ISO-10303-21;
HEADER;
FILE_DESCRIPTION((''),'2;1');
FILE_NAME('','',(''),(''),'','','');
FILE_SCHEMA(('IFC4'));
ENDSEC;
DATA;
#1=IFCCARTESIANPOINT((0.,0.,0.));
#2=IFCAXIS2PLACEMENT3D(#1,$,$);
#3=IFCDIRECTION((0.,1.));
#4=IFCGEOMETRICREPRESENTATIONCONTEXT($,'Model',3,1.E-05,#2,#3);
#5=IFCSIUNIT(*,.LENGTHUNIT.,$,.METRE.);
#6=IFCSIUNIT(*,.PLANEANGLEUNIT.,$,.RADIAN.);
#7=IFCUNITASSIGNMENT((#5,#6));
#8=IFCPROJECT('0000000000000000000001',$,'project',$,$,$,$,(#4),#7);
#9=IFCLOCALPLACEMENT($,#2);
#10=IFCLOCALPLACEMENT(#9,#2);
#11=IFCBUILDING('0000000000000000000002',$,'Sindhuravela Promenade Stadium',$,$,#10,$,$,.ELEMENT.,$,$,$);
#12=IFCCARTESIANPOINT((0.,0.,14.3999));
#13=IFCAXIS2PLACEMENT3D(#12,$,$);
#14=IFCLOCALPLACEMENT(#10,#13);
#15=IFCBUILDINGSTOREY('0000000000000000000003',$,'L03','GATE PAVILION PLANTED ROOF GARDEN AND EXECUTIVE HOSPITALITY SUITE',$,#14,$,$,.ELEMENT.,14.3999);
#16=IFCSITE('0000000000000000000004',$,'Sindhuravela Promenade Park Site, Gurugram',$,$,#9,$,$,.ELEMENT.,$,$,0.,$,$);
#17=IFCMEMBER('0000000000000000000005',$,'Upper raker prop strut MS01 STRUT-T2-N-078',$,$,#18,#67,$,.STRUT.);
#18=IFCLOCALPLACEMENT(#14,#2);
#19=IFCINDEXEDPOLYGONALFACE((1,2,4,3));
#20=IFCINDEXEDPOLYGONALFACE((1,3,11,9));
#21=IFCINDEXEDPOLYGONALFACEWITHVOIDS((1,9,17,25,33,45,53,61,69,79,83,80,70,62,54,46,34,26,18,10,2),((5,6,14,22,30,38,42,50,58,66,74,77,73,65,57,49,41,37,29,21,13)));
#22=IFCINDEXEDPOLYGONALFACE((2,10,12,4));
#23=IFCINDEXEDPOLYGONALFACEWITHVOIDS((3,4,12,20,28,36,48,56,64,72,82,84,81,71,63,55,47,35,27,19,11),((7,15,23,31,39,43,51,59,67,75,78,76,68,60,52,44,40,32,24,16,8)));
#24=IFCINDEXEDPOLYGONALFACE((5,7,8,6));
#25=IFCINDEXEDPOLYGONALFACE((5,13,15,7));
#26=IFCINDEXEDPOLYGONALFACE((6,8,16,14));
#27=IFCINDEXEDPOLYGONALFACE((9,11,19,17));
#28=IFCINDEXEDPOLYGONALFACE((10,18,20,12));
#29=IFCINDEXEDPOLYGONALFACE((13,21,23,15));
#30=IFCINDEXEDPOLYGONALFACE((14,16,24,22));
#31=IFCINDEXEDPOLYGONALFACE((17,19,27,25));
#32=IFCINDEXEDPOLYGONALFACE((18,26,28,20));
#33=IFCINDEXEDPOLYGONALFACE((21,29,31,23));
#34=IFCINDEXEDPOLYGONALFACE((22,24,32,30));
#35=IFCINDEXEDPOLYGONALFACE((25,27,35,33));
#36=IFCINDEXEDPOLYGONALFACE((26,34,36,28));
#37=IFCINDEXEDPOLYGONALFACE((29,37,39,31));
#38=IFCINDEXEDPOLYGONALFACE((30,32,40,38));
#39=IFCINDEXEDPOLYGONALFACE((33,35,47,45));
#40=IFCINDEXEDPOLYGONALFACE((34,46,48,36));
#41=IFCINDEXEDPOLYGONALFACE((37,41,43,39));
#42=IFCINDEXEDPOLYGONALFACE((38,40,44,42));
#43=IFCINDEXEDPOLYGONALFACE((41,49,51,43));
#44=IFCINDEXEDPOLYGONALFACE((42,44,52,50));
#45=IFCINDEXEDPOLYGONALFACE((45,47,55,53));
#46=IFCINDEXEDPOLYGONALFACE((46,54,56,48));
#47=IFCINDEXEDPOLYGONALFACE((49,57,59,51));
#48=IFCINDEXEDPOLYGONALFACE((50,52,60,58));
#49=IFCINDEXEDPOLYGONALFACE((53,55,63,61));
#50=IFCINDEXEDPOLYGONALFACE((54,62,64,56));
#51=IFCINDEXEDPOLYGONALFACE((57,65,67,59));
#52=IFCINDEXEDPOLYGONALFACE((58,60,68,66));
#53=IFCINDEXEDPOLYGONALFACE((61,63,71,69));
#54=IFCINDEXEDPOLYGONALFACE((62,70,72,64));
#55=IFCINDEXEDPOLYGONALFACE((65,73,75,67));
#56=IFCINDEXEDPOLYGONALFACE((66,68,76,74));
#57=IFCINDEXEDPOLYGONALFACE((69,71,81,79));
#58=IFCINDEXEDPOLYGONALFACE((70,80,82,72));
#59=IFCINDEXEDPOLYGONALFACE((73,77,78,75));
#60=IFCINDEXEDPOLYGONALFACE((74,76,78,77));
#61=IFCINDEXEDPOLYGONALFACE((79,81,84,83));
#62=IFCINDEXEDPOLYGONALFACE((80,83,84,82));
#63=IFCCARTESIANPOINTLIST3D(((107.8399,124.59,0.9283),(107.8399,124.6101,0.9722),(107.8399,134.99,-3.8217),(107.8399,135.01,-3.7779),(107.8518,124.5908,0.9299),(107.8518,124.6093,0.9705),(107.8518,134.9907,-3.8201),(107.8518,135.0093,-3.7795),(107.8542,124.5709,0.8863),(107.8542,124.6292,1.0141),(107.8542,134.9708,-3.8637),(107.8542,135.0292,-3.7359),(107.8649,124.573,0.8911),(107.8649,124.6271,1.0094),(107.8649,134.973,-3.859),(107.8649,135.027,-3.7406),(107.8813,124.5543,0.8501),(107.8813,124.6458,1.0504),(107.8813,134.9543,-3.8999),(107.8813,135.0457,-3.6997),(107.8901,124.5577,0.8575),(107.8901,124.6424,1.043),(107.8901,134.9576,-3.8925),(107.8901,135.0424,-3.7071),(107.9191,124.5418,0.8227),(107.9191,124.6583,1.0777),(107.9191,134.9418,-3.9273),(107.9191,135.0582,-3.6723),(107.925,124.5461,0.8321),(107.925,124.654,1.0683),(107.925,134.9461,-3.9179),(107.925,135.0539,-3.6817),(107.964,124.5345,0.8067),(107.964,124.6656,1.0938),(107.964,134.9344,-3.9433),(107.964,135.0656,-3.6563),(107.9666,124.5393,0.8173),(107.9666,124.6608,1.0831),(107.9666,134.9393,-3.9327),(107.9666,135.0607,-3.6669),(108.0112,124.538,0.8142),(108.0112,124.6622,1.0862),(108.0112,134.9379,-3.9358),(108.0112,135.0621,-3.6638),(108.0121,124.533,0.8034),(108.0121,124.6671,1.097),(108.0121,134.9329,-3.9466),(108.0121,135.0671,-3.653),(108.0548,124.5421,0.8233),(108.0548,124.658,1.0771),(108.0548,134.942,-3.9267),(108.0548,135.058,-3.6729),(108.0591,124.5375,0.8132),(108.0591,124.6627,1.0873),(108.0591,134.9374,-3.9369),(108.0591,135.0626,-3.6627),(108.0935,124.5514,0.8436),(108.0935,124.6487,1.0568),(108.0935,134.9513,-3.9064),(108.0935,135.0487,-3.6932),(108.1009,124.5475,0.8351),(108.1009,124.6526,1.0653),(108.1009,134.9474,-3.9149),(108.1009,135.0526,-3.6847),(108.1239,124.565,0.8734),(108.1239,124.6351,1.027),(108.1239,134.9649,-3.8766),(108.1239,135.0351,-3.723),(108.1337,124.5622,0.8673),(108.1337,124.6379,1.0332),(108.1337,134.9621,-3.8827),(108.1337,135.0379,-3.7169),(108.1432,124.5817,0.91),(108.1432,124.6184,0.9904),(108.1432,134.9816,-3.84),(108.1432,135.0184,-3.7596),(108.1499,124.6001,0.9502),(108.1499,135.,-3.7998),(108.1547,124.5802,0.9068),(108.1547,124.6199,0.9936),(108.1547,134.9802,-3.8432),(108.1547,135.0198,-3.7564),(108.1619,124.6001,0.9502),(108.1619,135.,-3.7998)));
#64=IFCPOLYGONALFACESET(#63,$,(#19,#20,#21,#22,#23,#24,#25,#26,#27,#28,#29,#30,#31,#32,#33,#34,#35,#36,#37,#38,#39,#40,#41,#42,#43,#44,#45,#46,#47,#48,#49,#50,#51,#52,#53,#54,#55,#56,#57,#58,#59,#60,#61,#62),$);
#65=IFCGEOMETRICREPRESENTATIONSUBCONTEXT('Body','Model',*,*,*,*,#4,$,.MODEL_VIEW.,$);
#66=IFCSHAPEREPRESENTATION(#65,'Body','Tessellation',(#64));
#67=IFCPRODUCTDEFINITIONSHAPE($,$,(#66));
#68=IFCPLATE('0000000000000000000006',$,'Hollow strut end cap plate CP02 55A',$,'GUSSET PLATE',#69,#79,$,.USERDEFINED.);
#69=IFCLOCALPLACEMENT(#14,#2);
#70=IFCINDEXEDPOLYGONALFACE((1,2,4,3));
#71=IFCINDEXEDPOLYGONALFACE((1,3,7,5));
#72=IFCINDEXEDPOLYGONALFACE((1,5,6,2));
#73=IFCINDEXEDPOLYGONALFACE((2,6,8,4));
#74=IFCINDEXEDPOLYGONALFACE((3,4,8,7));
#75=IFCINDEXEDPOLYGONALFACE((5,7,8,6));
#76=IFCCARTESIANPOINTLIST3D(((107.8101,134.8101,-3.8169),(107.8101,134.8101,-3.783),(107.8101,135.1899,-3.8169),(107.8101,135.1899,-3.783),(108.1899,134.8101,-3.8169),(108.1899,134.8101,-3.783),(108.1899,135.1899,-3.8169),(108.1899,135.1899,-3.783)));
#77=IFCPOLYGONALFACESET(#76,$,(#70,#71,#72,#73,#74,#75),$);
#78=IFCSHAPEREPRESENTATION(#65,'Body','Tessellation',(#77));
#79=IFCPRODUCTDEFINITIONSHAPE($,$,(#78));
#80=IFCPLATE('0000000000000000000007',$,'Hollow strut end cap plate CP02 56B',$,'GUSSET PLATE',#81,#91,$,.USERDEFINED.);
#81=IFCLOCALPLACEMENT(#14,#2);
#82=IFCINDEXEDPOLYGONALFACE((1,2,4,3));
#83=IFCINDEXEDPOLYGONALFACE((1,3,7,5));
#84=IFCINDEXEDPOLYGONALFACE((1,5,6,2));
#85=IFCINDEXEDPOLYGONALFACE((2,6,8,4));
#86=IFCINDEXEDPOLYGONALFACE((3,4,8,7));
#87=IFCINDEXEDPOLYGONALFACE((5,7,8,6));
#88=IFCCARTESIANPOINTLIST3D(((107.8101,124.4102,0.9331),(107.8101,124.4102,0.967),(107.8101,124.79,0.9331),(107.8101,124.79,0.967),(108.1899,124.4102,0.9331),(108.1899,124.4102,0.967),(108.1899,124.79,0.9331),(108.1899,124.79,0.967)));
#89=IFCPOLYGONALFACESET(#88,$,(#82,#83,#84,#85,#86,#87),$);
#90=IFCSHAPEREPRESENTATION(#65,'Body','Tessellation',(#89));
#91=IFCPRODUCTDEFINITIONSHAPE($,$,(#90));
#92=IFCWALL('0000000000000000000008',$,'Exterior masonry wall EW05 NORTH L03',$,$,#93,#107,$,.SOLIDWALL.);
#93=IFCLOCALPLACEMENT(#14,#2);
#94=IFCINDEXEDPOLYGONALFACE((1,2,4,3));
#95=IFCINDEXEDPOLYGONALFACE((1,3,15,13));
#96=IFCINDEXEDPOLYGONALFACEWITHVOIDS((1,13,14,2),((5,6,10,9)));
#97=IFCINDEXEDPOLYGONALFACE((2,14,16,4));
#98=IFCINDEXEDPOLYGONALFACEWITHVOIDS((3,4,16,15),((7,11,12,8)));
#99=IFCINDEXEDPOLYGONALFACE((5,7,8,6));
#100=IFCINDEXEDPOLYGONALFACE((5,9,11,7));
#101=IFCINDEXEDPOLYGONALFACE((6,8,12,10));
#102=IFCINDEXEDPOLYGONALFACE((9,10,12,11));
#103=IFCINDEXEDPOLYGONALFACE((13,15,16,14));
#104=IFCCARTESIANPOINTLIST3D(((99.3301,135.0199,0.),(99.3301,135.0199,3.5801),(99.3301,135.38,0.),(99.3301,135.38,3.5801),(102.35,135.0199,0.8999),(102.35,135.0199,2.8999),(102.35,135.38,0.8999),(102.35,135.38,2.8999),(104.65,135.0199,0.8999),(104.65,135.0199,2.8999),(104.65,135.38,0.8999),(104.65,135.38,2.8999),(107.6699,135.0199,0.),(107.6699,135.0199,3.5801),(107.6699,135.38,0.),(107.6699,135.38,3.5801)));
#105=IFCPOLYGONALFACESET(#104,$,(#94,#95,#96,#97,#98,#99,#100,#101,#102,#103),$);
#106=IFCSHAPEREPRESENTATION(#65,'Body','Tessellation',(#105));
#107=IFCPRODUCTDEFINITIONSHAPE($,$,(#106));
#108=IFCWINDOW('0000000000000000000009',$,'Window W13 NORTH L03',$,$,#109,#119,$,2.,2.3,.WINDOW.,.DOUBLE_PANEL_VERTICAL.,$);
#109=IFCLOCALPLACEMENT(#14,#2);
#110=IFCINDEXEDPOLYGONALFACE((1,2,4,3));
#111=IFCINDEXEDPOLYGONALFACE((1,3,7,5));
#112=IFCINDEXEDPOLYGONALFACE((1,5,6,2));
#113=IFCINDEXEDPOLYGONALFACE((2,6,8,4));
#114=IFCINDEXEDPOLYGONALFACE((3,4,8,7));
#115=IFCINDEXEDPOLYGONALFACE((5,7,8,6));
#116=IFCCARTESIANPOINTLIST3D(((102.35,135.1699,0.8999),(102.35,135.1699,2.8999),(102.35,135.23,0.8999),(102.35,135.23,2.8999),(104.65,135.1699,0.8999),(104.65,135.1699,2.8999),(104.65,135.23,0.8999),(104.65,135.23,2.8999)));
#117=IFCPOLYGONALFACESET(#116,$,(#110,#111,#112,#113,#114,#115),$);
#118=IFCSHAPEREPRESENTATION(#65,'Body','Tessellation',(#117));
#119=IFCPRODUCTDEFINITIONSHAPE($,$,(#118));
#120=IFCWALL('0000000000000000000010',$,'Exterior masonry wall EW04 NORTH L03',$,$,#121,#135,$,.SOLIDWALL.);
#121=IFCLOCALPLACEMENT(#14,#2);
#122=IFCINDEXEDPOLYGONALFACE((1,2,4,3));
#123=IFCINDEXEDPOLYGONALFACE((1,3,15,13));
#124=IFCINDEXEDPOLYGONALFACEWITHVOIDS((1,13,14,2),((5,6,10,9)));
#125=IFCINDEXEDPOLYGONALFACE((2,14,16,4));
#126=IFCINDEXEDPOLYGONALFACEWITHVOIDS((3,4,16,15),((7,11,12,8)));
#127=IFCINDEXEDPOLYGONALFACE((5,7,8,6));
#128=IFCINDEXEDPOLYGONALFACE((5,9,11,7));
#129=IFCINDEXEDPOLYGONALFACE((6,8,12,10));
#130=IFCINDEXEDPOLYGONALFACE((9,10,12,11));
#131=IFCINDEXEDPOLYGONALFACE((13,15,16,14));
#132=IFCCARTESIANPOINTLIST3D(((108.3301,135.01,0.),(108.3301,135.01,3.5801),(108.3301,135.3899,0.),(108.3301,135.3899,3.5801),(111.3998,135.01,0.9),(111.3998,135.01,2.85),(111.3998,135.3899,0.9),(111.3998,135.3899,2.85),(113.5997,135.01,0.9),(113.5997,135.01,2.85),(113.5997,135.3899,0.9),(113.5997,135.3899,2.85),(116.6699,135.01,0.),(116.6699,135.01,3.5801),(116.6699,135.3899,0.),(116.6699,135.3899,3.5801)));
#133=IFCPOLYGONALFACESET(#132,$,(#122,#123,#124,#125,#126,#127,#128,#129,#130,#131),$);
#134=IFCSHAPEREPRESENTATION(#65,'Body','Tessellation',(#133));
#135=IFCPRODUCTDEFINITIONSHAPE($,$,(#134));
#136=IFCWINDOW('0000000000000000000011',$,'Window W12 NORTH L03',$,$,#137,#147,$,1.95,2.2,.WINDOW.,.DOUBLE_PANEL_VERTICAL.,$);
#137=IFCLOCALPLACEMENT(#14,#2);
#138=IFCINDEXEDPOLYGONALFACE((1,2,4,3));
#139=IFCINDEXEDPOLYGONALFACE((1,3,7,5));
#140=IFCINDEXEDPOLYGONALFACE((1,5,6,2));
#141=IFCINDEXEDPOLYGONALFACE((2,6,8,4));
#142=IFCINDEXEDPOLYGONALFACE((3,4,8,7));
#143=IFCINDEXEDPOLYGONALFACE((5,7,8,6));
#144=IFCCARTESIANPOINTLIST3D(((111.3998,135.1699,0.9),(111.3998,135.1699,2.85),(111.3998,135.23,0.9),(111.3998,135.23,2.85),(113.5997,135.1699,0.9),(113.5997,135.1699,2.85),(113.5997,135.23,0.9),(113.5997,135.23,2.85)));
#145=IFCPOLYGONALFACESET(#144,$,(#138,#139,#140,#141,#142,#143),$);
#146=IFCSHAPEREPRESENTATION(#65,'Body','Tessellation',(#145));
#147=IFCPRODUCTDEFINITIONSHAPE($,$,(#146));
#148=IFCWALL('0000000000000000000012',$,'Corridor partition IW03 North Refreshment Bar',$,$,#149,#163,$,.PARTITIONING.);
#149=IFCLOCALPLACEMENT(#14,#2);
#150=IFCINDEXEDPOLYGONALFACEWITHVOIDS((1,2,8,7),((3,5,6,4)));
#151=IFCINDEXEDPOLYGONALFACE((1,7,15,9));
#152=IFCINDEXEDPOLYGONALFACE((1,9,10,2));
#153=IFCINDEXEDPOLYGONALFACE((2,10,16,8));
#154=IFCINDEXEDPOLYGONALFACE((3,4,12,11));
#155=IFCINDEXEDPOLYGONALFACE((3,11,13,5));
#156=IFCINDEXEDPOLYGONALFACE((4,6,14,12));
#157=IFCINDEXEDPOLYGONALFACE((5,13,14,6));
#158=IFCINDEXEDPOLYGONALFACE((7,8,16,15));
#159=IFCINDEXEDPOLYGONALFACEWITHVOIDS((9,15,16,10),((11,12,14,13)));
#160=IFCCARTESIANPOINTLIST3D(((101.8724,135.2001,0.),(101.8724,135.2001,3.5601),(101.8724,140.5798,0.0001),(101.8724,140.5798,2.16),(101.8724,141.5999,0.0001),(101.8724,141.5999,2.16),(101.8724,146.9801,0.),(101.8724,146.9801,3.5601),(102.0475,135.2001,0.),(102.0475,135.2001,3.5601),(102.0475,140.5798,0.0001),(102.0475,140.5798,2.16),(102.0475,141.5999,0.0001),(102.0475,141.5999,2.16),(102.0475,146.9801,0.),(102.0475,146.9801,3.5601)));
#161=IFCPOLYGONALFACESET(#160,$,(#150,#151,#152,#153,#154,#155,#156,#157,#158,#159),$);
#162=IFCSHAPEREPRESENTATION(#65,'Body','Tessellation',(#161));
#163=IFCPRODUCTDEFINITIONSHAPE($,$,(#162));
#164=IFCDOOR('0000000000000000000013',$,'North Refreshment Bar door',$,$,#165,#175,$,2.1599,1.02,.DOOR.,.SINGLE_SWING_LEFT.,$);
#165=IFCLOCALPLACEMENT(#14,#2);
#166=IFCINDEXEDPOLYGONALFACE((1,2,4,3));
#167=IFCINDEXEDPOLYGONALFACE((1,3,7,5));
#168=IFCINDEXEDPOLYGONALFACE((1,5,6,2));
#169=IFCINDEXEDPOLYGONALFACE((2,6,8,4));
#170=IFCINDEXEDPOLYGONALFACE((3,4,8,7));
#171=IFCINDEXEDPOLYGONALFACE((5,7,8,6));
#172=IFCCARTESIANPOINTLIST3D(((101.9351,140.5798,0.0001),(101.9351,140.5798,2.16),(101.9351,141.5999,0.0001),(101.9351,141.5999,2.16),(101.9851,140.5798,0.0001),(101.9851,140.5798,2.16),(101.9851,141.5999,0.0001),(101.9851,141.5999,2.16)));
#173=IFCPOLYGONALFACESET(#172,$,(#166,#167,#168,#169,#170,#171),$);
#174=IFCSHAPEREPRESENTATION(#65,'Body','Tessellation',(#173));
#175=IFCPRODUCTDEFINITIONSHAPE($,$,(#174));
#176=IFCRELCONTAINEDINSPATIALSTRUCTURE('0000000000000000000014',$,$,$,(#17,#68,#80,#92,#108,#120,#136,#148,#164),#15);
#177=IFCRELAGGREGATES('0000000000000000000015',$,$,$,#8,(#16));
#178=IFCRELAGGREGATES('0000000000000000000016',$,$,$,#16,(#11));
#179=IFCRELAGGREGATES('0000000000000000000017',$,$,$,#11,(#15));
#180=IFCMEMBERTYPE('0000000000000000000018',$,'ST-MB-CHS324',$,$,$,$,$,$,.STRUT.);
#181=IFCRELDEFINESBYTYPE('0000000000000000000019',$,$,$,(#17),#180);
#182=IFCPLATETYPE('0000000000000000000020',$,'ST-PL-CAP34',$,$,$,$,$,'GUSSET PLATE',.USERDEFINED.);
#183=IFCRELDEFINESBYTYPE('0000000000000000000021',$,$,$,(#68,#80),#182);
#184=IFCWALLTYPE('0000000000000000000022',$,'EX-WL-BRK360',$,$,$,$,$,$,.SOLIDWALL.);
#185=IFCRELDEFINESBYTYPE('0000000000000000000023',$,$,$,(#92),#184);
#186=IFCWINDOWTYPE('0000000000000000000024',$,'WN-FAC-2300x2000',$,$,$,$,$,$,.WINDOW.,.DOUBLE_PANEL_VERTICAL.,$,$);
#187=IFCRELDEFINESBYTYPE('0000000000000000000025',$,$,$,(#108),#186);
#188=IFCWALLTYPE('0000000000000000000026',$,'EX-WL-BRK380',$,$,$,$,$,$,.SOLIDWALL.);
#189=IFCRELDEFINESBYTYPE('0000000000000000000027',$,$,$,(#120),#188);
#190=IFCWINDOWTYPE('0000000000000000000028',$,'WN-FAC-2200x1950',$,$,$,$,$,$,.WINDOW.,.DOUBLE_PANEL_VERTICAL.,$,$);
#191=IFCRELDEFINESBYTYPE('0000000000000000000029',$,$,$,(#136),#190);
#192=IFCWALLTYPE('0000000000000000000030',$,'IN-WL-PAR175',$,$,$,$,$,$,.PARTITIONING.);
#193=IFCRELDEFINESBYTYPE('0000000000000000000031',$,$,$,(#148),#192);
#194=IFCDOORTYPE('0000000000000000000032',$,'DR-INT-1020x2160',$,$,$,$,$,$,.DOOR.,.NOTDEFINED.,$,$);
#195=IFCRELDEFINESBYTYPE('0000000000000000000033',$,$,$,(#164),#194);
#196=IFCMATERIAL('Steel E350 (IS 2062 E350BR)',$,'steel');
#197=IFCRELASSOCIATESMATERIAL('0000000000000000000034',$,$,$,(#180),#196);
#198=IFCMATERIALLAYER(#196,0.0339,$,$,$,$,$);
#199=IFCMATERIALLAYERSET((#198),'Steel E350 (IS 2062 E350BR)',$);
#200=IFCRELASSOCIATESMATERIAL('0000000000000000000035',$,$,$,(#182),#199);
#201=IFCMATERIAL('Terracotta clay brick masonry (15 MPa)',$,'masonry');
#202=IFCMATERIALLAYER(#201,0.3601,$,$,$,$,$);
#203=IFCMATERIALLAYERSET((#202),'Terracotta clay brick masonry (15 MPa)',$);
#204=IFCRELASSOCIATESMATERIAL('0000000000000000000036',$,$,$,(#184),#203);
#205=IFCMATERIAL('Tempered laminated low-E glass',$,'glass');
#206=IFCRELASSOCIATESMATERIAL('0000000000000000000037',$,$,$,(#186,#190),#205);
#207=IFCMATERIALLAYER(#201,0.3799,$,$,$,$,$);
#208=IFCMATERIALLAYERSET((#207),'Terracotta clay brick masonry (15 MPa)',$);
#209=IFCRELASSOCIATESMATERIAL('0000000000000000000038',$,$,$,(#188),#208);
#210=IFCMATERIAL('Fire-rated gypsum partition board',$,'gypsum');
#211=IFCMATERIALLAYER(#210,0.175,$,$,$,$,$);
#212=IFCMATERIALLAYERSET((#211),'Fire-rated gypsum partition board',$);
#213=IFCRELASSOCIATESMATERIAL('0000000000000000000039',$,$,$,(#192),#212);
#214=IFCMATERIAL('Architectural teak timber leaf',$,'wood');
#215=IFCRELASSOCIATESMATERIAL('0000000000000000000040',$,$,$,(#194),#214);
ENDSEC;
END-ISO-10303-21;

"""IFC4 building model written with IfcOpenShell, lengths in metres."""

from ifc_helpers import new_model, si_unit, direction, frame, frame_2d, origin, origin_2d, place, context, subcontext, project, spatial, rectangle, hollow_circle, extrude, material, layer, layer_set, material_profile, profile_set, type_object, element, fill, save


model = new_model("IFC4")

# Units and contexts
model_context = context("Model", 3, precision=1e-05, world=origin(), true_north=direction((0.0, 1.0)))
body_context = subcontext(model_context, "Body", "Model", "MODEL_VIEW")
ifc_project = project(units=[si_unit("LENGTHUNIT", "METRE"), si_unit("PLANEANGLEUNIT", "RADIAN")], contexts=[model_context])

# Site, building, storey
site_placement = place(None, origin())
site = spatial("IfcSite", under=ifc_project, at=site_placement, Name="Sindhuravela Promenade Park Site, Gurugram", CompositionType="ELEMENT", RefElevation=0.0)
building_placement = place(site_placement, origin())
building = spatial("IfcBuilding", under=site, at=building_placement, Name="Sindhuravela Promenade Stadium", CompositionType="ELEMENT")
storey_placement = place(building_placement, frame((0.0, 0.0, 14.3999)))
storey = spatial("IfcBuildingStorey", under=building, at=storey_placement, Name="L03", Description="GATE PAVILION PLANTED ROOF GARDEN AND EXECUTIVE HOSPITALITY SUITE", CompositionType="ELEMENT", Elevation=14.3999)

# Shared definitions
ifc_material_1 = material(Name="Steel E350 (IS 2062 E350BR)", Category="steel")

# Member
ifc_material_profile_1 = material_profile(ifc_material_1, hollow_circle(Radius=0.1619, WallThickness=0.012, at=origin_2d()), Name="CHS 323.9x12")
ifc_profile_set_1 = profile_set([ifc_material_profile_1], Name="Steel E350 (IS 2062 E350BR)")
member_type = type_object("IfcMemberType", Name="ST-MB-CHS324", PredefinedType="STRUT", material=ifc_profile_set_1)
member_placement = place(storey_placement, frame((108.0, 135.0, -3.7998), z_axis=(0.0, -0.909615, 0.415453), x_axis=(1.0, 0.0, 0.0)))
element("IfcMember", 1, at=member_placement, inside=storey, type_object=member_type, Name="Upper raker prop strut MS01 STRUT-T2-N-078", PredefinedType="STRUT", context=body_context, shape_type="SweptSolid", body=[
    extrude(hollow_circle(Radius=0.1619, WallThickness=0.012, at=origin_2d()), origin(), (0.0, 0.0, 1.0), 11.4333),
])

# Plates
ifc_layer_1 = layer(ifc_material_1, 0.0339)
ifc_layer_set_1 = layer_set([ifc_layer_1], Name="Steel E350 (IS 2062 E350BR)")
plate_type = type_object("IfcPlateType", Name="ST-PL-CAP34", ElementType="GUSSET PLATE", PredefinedType="USERDEFINED", material=ifc_layer_set_1)
for number, where, z_axis, x_axis, name in (
    (2, (108.0, 135.0, -3.8169), (0.0, 0.0, 1.0), (1.0, 0.0, 0.0), "Hollow strut end cap plate CP02 55A"),
    (3, (108.0, 124.6001, 0.9331), (0.0, 0.0, 1.0), (1.0, 0.0, 0.0), "Hollow strut end cap plate CP02 56B"),
):
    element("IfcPlate", number, at=place(storey_placement, frame(where, z_axis=z_axis, x_axis=x_axis)), inside=storey, type_object=plate_type, Name=name, ObjectType="GUSSET PLATE", PredefinedType="USERDEFINED", context=body_context, shape_type="SweptSolid", body=[
        extrude(rectangle(XDim=0.3799, YDim=0.3799, at=origin_2d()), origin(), (0.0, 0.0, 1.0), 0.0339),
    ])

# Walls, openings, windows
ifc_material_2 = material(Name="Terracotta clay brick masonry (15 MPa)", Category="masonry")
ifc_layer_2 = layer(ifc_material_2, 0.3601)
ifc_layer_set_2 = layer_set([ifc_layer_2], Name="Terracotta clay brick masonry (15 MPa)")
wall_type_1 = type_object("IfcWallType", Name="EX-WL-BRK360", PredefinedType="SOLIDWALL", material=ifc_layer_set_2)
wall_1_placement = place(storey_placement, frame((107.6699, 135.2, 0.0), z_axis=(0.0, 0.0, 1.0), x_axis=(-1.0, 0.0, 0.0)))
wall_1 = element("IfcWall", 4, at=wall_1_placement, inside=storey, type_object=wall_type_1, Name="Exterior masonry wall EW05 NORTH L03", PredefinedType="SOLIDWALL", context=body_context, shape_type="SweptSolid", body=[
    extrude(rectangle(XDim=8.3398, YDim=0.3601, at=frame_2d((4.1699, 0.0))), origin(), (0.0, 0.0, 1.0), 3.5801),
])
opening_1_placement = place(wall_1_placement, frame((3.02, 0.0, 0.8999)))
opening_1 = element("IfcOpeningElement", 5, at=opening_1_placement, cuts=wall_1, PredefinedType="OPENING", context=body_context, shape_type="SweptSolid", body=[
    extrude(rectangle(XDim=2.3, YDim=2.0, at=frame_2d((1.1499, 1.0))), frame((0.0, 0.1899, 0.0), z_axis=(0.0, -1.0, 0.0), x_axis=(1.0, 0.0, 0.0)), (0.0, 0.0, 1.0), 0.3801),
])
ifc_material_3 = material(Name="Tempered laminated low-E glass", Category="glass")
window_type_1 = type_object("IfcWindowType", Name="WN-FAC-2300x2000", PartitioningType="DOUBLE_PANEL_VERTICAL", PredefinedType="WINDOW", material=ifc_material_3)
window_1_placement = place(opening_1_placement, origin())
window_1 = element("IfcWindow", 6, at=window_1_placement, inside=storey, type_object=window_type_1, Name="Window W13 NORTH L03", OverallHeight=2.0, OverallWidth=2.3, PartitioningType="DOUBLE_PANEL_VERTICAL", PredefinedType="WINDOW", context=body_context, shape_type="SweptSolid", body=[
    extrude(rectangle(XDim=2.3, YDim=2.0, at=frame_2d((1.1499, 1.0))), frame((0.0, 0.03, 0.0), z_axis=(0.0, -1.0, 0.0), x_axis=(1.0, 0.0, 0.0)), (0.0, 0.0, 1.0), 0.0601),
])
fill(opening_1, window_1)
ifc_layer_3 = layer(ifc_material_2, 0.3799)
ifc_layer_set_3 = layer_set([ifc_layer_3], Name="Terracotta clay brick masonry (15 MPa)")
wall_type_2 = type_object("IfcWallType", Name="EX-WL-BRK380", PredefinedType="SOLIDWALL", material=ifc_layer_set_3)
wall_2_placement = place(storey_placement, frame((116.6699, 135.2, 0.0), z_axis=(0.0, 0.0, 1.0), x_axis=(-1.0, 0.0, 0.0)))
wall_2 = element("IfcWall", 7, at=wall_2_placement, inside=storey, type_object=wall_type_2, Name="Exterior masonry wall EW04 NORTH L03", PredefinedType="SOLIDWALL", context=body_context, shape_type="SweptSolid", body=[
    extrude(rectangle(XDim=8.3398, YDim=0.3799, at=frame_2d((4.1699, 0.0))), origin(), (0.0, 0.0, 1.0), 3.5801),
])
opening_2_placement = place(wall_2_placement, frame((3.0701, 0.0, 0.8999)))
opening_2 = element("IfcOpeningElement", 8, at=opening_2_placement, cuts=wall_2, PredefinedType="OPENING", context=body_context, shape_type="SweptSolid", body=[
    extrude(rectangle(XDim=2.2, YDim=1.95, at=frame_2d((1.1001, 0.9751))), frame((0.0, 0.2, 0.0), z_axis=(0.0, -1.0, 0.0), x_axis=(1.0, 0.0, 0.0)), (0.0, 0.0, 1.0), 0.3999),
])
window_type_2 = type_object("IfcWindowType", Name="WN-FAC-2200x1950", PartitioningType="DOUBLE_PANEL_VERTICAL", PredefinedType="WINDOW", material=ifc_material_3)
window_2_placement = place(opening_2_placement, origin())
window_2 = element("IfcWindow", 9, at=window_2_placement, inside=storey, type_object=window_type_2, Name="Window W12 NORTH L03", OverallHeight=1.95, OverallWidth=2.2, PartitioningType="DOUBLE_PANEL_VERTICAL", PredefinedType="WINDOW", context=body_context, shape_type="SweptSolid", body=[
    extrude(rectangle(XDim=2.2, YDim=1.95, at=frame_2d((1.1001, 0.9751))), frame((0.0, 0.03, 0.0), z_axis=(0.0, -1.0, 0.0), x_axis=(1.0, 0.0, 0.0)), (0.0, 0.0, 1.0), 0.0601),
])
fill(opening_2, window_2)

# Wall, opening, door
ifc_material_4 = material(Name="Fire-rated gypsum partition board", Category="gypsum")
ifc_layer_4 = layer(ifc_material_4, 0.175)
ifc_layer_set_4 = layer_set([ifc_layer_4], Name="Fire-rated gypsum partition board")
wall_type_3 = type_object("IfcWallType", Name="IN-WL-PAR175", PredefinedType="PARTITIONING", material=ifc_layer_set_4)
wall_3_placement = place(storey_placement, frame((101.96, 135.2, 0.0), z_axis=(0.0, 0.0, 1.0), x_axis=(0.0, 1.0, 0.0)))
wall_3 = element("IfcWall", 10, at=wall_3_placement, inside=storey, type_object=wall_type_3, Name="Corridor partition IW03 North Refreshment Bar", PredefinedType="PARTITIONING", context=body_context, shape_type="SweptSolid", body=[
    extrude(rectangle(XDim=11.78, YDim=0.175, at=frame_2d((5.8901, 0.0))), origin(), (0.0, 0.0, 1.0), 3.5601),
])
opening_3_placement = place(wall_3_placement, frame((5.3799, 0.0, 0.0)))
opening_3 = element("IfcOpeningElement", 11, at=opening_3_placement, cuts=wall_3, PredefinedType="OPENING", context=body_context, shape_type="SweptSolid", body=[
    extrude(rectangle(XDim=1.02, YDim=2.1599, at=frame_2d((0.51, 1.0801))), frame((0.0, 0.0974, 0.0), z_axis=(0.0, -1.0, 0.0), x_axis=(1.0, 0.0, 0.0)), (0.0, 0.0, 1.0), 0.1951),
])
ifc_material_5 = material(Name="Architectural teak timber leaf", Category="wood")
door_type = type_object("IfcDoorType", Name="DR-INT-1020x2160", OperationType="NOTDEFINED", PredefinedType="DOOR", material=ifc_material_5)
door_placement = place(opening_3_placement, origin())
door = element("IfcDoor", 12, at=door_placement, inside=storey, type_object=door_type, Name="North Refreshment Bar door", OperationType="SINGLE_SWING_LEFT", OverallHeight=2.1599, OverallWidth=1.02, PredefinedType="DOOR", context=body_context, shape_type="SweptSolid", body=[
    extrude(rectangle(XDim=1.02, YDim=2.1599, at=frame_2d((0.51, 1.0801))), frame((0.0, 0.0249, 0.0), z_axis=(0.0, -1.0, 0.0), x_axis=(1.0, 0.0, 0.0)), (0.0, 0.0, 1.0), 0.05),
])
fill(opening_3, door)

save(model, "model.ifc")
